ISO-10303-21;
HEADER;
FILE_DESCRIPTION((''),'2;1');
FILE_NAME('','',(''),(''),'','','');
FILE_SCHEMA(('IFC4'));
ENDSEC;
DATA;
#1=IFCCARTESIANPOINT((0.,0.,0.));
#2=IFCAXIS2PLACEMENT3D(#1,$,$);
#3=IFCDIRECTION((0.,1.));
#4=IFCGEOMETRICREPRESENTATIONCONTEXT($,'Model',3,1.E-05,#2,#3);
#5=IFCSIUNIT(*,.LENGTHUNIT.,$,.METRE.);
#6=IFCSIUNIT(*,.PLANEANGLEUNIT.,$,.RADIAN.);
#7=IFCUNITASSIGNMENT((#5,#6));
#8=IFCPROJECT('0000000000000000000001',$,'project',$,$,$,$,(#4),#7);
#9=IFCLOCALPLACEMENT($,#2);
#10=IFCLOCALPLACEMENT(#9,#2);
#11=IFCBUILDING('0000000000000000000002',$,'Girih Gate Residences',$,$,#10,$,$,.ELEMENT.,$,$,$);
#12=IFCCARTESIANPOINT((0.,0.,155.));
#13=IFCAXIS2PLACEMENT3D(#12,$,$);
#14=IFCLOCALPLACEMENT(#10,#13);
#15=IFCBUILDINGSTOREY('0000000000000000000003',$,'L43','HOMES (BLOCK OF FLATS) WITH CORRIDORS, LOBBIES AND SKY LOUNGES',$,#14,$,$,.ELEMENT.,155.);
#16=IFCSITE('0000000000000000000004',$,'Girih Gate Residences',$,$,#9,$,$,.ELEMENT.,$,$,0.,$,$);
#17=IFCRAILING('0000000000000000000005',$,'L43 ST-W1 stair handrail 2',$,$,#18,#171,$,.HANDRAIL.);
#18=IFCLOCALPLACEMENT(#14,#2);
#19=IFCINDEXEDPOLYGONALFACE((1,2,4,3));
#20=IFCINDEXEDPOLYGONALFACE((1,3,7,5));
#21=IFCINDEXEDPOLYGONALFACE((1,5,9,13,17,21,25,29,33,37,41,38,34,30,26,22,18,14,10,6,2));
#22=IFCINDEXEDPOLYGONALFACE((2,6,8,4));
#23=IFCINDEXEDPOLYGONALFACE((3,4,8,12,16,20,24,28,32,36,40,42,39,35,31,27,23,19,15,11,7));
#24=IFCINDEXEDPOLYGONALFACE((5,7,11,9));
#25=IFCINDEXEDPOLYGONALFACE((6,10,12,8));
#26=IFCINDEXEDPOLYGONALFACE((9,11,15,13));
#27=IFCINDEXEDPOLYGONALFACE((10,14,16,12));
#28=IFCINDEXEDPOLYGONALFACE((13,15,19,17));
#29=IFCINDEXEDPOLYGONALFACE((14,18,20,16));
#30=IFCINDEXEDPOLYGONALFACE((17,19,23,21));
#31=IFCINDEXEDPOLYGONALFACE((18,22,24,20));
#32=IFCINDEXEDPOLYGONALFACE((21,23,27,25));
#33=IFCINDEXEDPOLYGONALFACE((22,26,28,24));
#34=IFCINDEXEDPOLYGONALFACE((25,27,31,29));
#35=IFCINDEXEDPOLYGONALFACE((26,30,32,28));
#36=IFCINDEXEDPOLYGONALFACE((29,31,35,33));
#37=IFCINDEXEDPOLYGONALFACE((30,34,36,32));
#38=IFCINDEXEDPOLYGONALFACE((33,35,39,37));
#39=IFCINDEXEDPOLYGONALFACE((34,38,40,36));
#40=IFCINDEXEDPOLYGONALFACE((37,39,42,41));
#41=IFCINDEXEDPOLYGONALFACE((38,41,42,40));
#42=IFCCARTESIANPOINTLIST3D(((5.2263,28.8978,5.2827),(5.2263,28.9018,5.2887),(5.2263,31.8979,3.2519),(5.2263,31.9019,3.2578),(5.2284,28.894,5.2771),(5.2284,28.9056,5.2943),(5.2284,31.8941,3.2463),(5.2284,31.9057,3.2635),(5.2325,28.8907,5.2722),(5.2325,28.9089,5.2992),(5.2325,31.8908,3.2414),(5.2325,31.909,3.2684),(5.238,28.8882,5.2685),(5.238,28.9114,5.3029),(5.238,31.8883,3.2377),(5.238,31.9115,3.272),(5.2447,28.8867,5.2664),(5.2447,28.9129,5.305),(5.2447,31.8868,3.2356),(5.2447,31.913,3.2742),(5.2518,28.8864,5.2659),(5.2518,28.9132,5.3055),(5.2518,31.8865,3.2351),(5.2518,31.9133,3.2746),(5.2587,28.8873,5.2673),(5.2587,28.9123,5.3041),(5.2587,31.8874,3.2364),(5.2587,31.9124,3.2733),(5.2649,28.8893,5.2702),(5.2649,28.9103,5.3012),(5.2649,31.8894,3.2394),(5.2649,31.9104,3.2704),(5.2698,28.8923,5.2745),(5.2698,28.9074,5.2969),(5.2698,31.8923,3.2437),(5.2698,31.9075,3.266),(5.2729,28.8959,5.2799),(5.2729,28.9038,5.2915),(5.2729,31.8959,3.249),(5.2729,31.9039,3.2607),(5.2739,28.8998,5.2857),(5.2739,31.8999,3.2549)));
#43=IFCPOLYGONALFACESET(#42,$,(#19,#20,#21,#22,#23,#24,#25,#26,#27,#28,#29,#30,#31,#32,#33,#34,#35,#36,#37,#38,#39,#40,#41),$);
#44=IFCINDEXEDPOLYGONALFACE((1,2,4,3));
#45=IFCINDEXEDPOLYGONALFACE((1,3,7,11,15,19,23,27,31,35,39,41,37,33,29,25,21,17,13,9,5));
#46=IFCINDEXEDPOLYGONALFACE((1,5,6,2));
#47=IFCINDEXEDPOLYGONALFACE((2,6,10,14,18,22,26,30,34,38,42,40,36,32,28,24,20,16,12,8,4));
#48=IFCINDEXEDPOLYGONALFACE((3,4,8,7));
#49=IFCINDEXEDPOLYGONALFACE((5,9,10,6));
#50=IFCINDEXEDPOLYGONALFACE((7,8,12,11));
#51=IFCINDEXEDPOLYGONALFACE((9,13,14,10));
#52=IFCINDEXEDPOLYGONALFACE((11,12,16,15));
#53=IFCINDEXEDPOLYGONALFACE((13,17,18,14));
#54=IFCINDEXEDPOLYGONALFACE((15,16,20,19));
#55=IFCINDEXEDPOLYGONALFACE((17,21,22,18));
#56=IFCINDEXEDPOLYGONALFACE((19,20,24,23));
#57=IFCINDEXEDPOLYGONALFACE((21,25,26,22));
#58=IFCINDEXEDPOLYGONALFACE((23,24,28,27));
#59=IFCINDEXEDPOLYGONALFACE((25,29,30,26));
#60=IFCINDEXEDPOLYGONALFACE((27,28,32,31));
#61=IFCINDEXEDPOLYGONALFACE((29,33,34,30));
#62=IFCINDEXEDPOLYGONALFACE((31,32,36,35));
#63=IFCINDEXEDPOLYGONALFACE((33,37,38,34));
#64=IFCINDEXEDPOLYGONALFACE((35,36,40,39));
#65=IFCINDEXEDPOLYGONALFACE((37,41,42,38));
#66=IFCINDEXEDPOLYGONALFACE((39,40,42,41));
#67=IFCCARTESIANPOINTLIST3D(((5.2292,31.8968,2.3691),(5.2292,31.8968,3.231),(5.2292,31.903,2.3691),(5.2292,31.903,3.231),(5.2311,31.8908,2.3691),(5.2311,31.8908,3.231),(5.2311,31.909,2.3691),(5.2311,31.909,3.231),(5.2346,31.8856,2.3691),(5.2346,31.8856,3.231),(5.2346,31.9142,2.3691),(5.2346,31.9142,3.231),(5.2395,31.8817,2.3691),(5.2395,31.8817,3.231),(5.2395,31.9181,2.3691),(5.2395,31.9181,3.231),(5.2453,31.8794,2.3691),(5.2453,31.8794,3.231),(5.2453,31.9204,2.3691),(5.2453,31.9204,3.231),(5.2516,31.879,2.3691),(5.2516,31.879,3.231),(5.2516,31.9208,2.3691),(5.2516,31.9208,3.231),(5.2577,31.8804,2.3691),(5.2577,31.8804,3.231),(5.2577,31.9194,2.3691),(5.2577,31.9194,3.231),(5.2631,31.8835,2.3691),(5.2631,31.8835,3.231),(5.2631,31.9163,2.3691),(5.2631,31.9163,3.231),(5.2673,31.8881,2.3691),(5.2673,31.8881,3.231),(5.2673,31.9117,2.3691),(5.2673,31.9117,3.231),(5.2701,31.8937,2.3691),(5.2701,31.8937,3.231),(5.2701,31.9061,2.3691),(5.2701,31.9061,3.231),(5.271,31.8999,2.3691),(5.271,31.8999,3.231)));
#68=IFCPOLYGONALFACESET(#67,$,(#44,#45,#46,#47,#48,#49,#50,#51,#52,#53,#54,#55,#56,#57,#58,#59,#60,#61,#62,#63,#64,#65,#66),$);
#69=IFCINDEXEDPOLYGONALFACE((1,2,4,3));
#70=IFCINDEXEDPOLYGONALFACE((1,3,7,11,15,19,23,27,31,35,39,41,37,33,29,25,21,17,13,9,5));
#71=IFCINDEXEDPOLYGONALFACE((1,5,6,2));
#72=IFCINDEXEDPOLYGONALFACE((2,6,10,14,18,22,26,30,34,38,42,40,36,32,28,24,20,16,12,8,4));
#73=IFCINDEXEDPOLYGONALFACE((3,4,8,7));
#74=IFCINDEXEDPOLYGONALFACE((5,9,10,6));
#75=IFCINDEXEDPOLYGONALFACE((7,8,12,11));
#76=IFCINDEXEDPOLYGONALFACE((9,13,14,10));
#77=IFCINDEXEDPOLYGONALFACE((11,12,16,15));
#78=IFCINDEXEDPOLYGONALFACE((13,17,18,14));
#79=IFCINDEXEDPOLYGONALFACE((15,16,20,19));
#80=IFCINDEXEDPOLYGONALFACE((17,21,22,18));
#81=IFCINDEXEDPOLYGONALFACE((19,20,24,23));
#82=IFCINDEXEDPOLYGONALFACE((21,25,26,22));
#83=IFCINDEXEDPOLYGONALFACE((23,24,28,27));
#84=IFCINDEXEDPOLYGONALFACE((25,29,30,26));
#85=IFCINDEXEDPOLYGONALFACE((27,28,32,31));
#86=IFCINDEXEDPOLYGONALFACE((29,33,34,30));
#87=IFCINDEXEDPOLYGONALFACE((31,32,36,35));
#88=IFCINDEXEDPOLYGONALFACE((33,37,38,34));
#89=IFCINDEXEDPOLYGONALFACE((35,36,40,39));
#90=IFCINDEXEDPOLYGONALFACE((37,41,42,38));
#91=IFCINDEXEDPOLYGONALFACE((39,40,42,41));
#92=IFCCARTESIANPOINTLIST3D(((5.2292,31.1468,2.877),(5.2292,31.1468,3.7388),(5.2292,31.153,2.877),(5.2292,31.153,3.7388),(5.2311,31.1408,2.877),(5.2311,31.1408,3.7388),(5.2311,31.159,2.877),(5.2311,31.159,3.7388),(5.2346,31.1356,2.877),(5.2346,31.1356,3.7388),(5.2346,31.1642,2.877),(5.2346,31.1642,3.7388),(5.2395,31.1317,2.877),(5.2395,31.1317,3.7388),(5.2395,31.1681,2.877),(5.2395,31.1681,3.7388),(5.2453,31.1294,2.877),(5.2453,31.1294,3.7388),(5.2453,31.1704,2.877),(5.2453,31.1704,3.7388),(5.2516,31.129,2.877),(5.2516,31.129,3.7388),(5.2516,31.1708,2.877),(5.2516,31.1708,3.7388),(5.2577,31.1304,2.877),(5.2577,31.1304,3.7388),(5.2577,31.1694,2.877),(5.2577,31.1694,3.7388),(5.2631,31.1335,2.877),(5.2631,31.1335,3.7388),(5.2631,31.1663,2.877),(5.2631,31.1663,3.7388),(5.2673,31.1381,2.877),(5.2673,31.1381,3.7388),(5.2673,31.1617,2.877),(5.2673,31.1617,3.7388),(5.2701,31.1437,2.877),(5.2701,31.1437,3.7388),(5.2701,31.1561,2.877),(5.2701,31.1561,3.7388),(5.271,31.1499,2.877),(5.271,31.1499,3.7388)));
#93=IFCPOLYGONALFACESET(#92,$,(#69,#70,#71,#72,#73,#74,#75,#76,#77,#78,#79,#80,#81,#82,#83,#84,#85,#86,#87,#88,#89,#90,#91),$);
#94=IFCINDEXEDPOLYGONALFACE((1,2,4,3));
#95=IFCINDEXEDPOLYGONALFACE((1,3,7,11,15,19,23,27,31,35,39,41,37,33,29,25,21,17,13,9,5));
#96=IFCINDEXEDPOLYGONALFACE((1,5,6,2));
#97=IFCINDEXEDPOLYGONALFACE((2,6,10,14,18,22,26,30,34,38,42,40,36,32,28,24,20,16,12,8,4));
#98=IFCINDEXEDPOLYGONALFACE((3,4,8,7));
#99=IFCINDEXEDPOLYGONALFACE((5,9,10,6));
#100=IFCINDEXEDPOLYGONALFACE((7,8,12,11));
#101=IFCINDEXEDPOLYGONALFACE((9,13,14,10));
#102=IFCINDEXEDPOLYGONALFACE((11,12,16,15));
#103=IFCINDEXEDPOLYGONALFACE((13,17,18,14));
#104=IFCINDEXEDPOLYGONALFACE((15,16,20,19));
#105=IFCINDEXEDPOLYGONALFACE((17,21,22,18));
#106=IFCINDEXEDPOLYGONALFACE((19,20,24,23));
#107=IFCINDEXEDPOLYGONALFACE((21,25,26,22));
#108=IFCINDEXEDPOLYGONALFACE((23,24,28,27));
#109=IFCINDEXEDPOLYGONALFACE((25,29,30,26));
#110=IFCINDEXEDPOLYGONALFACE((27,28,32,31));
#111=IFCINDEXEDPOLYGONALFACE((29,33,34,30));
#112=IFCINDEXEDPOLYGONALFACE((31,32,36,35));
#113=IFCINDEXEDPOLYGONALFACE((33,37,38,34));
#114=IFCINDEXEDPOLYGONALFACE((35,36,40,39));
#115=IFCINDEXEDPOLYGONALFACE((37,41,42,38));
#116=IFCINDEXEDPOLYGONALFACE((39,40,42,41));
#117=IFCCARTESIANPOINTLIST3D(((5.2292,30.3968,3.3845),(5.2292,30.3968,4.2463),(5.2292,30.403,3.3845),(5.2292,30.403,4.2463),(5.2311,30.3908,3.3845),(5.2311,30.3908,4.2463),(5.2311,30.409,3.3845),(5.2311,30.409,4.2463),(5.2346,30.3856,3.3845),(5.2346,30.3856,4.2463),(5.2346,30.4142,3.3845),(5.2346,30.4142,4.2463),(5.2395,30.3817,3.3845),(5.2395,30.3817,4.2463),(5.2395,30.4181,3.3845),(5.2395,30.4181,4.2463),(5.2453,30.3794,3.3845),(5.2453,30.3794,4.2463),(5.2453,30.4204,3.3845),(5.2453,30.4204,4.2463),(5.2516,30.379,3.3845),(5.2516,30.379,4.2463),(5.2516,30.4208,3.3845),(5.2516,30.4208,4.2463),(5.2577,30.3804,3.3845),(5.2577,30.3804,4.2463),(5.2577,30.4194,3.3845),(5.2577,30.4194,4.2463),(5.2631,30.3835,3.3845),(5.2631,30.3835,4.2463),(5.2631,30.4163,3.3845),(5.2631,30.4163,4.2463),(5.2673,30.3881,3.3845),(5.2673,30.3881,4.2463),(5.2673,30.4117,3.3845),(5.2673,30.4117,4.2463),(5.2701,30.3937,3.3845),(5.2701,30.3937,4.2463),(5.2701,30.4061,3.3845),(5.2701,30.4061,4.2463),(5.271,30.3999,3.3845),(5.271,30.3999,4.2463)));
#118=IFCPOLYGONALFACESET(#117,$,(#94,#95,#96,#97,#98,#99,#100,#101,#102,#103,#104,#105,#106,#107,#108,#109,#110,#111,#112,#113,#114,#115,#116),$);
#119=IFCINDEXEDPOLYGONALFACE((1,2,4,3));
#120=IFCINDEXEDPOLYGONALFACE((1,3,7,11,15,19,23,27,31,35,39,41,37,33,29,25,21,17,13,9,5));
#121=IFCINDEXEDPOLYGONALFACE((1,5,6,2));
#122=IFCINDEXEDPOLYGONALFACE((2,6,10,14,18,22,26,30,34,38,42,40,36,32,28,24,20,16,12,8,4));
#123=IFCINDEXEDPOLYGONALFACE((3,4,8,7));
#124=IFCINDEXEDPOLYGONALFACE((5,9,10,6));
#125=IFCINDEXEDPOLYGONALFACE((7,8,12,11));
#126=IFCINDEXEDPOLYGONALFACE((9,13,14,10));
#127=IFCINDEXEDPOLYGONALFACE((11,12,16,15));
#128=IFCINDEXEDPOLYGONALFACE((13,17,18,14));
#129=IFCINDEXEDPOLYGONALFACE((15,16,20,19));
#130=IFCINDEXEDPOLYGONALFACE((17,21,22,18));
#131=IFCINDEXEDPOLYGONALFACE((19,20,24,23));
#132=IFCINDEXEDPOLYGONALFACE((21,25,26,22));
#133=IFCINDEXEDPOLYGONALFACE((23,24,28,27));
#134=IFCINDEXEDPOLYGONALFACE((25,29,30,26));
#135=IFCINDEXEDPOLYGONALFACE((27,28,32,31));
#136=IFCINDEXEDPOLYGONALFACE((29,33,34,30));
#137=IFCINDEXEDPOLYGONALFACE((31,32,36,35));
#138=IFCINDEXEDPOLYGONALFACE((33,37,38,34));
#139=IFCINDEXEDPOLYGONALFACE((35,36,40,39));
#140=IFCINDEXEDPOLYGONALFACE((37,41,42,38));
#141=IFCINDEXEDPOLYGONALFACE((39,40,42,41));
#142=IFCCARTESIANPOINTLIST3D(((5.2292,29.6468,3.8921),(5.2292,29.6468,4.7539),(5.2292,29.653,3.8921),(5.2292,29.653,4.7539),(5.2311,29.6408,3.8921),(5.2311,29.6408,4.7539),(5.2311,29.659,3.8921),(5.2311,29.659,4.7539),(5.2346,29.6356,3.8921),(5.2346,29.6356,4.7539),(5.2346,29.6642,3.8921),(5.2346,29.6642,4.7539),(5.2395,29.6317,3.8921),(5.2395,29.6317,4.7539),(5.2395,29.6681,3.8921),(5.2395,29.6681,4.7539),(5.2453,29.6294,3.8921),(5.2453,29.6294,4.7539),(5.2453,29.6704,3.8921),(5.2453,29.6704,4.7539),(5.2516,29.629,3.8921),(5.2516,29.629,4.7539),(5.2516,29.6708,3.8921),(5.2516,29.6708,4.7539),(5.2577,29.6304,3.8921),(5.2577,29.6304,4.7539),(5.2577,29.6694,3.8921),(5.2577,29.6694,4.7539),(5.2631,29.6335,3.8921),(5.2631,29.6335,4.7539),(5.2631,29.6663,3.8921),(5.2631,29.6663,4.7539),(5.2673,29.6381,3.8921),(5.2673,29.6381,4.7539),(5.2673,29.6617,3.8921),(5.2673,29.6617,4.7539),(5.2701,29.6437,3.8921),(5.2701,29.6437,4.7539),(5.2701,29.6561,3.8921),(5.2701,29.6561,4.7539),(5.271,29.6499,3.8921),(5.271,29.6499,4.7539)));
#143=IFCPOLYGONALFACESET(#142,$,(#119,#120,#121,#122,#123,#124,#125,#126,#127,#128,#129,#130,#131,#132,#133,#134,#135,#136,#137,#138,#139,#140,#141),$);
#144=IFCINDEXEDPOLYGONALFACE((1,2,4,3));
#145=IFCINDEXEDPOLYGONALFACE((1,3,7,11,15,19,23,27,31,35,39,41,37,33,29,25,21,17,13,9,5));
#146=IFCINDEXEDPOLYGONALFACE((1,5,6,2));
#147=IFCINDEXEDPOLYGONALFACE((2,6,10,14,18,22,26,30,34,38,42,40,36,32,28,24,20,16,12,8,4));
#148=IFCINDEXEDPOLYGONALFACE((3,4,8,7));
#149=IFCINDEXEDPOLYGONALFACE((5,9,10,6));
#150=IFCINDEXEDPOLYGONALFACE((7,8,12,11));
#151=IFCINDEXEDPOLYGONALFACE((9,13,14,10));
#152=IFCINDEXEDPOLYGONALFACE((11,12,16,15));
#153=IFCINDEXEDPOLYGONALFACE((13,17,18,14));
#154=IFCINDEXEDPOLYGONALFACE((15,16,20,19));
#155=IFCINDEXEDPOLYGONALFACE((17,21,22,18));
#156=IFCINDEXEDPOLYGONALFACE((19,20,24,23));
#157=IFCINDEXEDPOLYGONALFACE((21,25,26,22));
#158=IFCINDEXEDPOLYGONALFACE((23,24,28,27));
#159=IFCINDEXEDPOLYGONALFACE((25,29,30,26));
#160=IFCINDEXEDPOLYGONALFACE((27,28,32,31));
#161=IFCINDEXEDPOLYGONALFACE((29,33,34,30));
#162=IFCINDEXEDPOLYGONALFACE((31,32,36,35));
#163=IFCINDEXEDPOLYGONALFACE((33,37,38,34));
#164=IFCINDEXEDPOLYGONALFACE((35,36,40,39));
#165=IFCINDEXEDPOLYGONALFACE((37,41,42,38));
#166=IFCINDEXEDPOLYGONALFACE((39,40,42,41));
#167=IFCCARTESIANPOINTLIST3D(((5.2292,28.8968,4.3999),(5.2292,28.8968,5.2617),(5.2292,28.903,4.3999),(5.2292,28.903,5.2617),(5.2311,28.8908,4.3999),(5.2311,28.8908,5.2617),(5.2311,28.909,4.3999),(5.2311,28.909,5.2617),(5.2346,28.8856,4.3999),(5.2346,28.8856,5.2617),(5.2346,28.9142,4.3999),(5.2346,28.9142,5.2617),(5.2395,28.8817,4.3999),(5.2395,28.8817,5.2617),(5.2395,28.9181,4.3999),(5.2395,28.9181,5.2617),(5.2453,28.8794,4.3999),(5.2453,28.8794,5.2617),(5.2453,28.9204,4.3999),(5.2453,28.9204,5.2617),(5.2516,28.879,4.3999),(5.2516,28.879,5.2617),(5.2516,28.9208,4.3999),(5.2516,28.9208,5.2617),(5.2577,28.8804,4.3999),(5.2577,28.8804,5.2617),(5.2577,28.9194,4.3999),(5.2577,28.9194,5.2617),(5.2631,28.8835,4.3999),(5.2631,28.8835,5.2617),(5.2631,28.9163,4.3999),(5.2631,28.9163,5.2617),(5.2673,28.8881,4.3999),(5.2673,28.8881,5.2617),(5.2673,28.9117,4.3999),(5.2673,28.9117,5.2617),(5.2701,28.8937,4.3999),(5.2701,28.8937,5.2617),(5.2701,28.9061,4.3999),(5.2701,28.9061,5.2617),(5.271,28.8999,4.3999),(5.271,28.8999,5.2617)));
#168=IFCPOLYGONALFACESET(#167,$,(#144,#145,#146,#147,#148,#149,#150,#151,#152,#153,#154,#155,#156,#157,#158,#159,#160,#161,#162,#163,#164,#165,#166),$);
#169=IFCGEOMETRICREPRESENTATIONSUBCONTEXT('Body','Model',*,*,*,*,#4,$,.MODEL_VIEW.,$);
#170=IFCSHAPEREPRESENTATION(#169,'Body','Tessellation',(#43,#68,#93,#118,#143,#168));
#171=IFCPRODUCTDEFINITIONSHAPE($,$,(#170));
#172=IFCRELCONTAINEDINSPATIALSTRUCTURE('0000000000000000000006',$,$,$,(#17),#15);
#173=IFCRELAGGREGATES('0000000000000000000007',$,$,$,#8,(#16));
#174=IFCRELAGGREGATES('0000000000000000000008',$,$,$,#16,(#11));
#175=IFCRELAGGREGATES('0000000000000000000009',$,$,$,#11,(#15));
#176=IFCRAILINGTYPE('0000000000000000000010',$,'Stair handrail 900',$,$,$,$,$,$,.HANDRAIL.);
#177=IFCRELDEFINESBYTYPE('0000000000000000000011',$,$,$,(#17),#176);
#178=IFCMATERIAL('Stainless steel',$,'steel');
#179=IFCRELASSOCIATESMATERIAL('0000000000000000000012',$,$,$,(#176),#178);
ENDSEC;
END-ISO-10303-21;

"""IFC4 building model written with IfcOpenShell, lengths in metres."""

from ifc_helpers import new_model, si_unit, direction, frame, origin, origin_2d, place, context, subcontext, project, spatial, circle, extrude, material, type_object, element, save


model = new_model("IFC4")

# Units and contexts
model_context = context("Model", 3, precision=1e-05, world=origin(), true_north=direction((0.0, 1.0)))
body_context = subcontext(model_context, "Body", "Model", "MODEL_VIEW")
ifc_project = project(units=[si_unit("LENGTHUNIT", "METRE"), si_unit("PLANEANGLEUNIT", "RADIAN")], contexts=[model_context])

# Site, building, storey
site_placement = place(None, origin())
site = spatial("IfcSite", under=ifc_project, at=site_placement, Name="Girih Gate Residences", CompositionType="ELEMENT", RefElevation=0.0)
building_placement = place(site_placement, origin())
building = spatial("IfcBuilding", under=site, at=building_placement, Name="Girih Gate Residences", CompositionType="ELEMENT")
storey_placement = place(building_placement, frame((0.0, 0.0, 155.0)))
storey = spatial("IfcBuildingStorey", under=building, at=storey_placement, Name="L43", Description="HOMES (BLOCK OF FLATS) WITH CORRIDORS, LOBBIES AND SKY LOUNGES", CompositionType="ELEMENT", Elevation=155.0)

# Shared definitions
ifc_material_1 = material(Name="Stainless steel", Category="steel")

# Railing
railing_type_1 = type_object("IfcRailingType", Name="Stair handrail 900", PredefinedType="HANDRAIL", material=ifc_material_1)
railing_1_placement = place(storey_placement, frame((5.25, 31.8999, 2.3691)))
element("IfcRailing", 1, at=railing_1_placement, inside=storey, type_object=railing_type_1, Name="L43 ST-W1 stair handrail 2", PredefinedType="HANDRAIL", context=body_context, shape_type="SweptSolid", body=[
    extrude(circle(Radius=0.0239, at=origin_2d()), frame((0.0, 0.0, 0.8857), z_axis=(0.0, -0.82811, 0.560565), x_axis=(1.0, 0.0, 0.0)), (0.0, 0.0, 1.0), 3.6228),
    extrude(circle(Radius=0.021, at=origin_2d()), origin(), (0.0, 0.0, 1.0), 0.8618),
    extrude(circle(Radius=0.021, at=origin_2d()), frame((0.0, -0.75, 0.5078)), (0.0, 0.0, 1.0), 0.8618),
    extrude(circle(Radius=0.021, at=origin_2d()), frame((0.0, -1.5, 1.0154)), (0.0, 0.0, 1.0), 0.8618),
    extrude(circle(Radius=0.021, at=origin_2d()), frame((0.0, -2.25, 1.5229)), (0.0, 0.0, 1.0), 0.8618),
    extrude(circle(Radius=0.021, at=origin_2d()), frame((0.0, -3.0, 2.0308)), (0.0, 0.0, 1.0), 0.8618),
])

save(model, "model.ifc")
